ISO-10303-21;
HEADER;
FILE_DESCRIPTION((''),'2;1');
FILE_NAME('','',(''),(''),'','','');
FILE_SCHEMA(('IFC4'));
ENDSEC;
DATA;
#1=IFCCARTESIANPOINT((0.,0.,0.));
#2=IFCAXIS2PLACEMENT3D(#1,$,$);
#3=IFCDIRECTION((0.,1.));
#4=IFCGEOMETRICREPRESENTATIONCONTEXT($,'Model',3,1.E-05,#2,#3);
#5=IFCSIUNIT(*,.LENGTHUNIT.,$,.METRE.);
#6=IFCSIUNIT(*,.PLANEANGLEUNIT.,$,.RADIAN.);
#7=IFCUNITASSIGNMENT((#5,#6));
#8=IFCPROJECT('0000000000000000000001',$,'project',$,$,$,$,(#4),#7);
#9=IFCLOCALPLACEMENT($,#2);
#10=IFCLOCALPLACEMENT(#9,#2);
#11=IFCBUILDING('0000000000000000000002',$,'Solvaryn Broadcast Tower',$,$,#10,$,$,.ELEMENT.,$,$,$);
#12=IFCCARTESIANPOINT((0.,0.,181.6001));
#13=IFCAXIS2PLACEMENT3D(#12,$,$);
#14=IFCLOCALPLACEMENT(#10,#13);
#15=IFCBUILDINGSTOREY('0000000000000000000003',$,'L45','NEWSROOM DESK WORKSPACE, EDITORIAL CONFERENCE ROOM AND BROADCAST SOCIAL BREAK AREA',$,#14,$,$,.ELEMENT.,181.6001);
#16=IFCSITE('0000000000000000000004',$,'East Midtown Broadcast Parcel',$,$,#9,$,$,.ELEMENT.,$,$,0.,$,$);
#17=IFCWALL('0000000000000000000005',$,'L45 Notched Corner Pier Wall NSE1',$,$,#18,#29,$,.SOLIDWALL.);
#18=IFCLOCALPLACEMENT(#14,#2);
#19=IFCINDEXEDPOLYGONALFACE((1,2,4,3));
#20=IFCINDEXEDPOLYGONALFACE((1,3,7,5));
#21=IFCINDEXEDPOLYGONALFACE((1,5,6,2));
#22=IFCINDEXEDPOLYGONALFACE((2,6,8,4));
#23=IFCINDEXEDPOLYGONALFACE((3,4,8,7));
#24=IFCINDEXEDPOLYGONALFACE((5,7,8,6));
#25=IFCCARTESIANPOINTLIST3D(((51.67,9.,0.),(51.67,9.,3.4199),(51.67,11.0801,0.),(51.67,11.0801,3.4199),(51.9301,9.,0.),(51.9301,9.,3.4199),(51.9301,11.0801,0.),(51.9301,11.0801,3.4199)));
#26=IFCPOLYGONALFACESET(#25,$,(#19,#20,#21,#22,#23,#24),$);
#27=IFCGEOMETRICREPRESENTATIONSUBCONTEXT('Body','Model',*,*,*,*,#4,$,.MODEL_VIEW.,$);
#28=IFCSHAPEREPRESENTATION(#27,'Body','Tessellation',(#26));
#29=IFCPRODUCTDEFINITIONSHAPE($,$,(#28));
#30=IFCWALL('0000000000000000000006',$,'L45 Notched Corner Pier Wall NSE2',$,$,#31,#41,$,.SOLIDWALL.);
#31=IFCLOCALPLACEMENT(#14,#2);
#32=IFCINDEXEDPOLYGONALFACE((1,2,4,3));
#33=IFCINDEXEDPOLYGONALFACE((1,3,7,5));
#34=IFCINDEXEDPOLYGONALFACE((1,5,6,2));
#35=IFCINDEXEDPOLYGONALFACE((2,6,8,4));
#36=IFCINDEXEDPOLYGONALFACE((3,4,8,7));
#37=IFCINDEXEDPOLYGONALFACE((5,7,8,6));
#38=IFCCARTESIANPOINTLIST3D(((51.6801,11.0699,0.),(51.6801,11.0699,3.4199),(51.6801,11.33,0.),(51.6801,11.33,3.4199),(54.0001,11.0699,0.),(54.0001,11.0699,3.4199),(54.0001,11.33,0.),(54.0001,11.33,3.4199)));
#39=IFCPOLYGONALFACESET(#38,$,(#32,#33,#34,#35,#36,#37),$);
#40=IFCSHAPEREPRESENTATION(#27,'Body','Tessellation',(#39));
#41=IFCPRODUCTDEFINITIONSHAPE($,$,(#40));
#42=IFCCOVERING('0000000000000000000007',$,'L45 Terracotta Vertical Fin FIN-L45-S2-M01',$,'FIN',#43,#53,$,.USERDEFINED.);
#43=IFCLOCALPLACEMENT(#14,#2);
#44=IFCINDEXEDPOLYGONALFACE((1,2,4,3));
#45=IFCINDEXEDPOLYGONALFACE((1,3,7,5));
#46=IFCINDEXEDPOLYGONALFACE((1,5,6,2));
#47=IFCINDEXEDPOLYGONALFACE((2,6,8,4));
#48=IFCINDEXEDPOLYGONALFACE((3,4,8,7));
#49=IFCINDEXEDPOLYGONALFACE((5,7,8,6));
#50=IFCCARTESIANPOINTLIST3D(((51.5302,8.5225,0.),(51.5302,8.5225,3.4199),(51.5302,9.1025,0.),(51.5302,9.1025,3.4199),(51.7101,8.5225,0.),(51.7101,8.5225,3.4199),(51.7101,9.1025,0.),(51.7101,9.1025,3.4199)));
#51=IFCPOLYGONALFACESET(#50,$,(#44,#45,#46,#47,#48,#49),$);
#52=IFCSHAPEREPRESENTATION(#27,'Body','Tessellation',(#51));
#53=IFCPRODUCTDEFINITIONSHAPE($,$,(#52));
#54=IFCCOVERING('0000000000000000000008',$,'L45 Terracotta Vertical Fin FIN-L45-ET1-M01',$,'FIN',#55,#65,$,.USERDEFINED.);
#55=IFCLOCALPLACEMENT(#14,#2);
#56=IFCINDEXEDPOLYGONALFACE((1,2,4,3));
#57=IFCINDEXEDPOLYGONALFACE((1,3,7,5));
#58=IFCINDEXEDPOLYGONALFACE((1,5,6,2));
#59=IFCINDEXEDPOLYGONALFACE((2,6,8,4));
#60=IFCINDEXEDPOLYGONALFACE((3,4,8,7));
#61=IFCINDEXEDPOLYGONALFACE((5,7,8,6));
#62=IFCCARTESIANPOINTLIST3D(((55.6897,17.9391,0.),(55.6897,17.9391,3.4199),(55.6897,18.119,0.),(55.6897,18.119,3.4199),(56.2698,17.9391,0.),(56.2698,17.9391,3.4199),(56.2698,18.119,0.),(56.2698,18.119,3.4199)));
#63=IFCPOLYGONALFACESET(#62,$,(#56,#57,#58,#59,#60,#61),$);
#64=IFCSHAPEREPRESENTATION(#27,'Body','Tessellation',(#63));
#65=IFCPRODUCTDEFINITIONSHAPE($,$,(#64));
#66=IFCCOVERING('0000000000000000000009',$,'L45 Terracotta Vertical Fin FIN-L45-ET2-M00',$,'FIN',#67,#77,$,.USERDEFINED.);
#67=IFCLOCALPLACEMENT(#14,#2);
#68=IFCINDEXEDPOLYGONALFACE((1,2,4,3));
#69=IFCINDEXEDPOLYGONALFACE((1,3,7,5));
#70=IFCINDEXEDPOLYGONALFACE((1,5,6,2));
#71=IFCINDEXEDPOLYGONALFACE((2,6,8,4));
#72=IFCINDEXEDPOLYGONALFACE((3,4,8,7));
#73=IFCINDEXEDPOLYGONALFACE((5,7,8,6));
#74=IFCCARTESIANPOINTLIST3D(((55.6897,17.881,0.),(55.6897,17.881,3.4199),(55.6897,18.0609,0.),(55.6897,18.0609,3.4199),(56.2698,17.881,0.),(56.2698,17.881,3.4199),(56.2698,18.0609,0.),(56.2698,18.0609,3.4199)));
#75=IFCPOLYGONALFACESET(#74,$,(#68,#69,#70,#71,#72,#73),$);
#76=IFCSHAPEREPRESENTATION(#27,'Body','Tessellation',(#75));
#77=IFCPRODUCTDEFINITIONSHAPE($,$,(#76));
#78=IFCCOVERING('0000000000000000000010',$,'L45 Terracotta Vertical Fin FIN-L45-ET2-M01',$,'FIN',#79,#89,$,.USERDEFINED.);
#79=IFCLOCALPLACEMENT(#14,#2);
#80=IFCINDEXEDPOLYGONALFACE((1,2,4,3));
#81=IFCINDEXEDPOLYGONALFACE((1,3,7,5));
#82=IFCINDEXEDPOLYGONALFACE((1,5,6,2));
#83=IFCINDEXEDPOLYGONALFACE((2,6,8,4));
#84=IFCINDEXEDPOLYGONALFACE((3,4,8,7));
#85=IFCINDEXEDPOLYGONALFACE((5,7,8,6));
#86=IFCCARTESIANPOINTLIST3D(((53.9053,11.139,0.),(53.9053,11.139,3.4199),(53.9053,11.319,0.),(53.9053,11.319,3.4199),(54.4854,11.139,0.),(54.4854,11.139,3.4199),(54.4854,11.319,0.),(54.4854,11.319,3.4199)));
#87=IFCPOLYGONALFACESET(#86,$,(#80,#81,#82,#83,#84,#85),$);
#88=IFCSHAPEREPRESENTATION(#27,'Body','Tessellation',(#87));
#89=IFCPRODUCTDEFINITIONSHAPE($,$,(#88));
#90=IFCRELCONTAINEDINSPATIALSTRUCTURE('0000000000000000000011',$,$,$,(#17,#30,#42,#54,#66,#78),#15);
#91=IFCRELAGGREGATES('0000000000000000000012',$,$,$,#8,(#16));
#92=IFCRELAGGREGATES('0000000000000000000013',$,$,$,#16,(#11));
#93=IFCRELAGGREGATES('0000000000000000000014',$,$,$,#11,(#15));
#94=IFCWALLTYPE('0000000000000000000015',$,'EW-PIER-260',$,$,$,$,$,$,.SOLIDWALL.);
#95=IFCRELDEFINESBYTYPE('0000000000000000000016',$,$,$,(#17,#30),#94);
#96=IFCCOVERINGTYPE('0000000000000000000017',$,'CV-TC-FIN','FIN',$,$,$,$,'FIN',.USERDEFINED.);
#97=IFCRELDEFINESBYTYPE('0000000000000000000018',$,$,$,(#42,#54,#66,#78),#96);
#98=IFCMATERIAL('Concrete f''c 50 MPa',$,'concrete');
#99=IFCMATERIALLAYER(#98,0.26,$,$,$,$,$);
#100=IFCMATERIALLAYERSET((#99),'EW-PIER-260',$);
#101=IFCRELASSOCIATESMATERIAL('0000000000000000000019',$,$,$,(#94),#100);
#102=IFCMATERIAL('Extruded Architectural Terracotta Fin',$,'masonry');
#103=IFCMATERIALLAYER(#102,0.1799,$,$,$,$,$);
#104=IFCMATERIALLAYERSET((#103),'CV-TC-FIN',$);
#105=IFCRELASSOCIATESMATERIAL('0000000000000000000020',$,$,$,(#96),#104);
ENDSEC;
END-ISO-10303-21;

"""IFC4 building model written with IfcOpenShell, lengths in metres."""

from ifc_helpers import new_model, si_unit, direction, frame, frame_2d, origin, origin_2d, place, context, subcontext, project, spatial, rectangle, extrude, material, layer, layer_set, type_object, element, save


model = new_model("IFC4")

# Units and contexts
model_context = context("Model", 3, precision=1e-05, world=origin(), true_north=direction((0.0, 1.0)))
body_context = subcontext(model_context, "Body", "Model", "MODEL_VIEW")
ifc_project = project(units=[si_unit("LENGTHUNIT", "METRE"), si_unit("PLANEANGLEUNIT", "RADIAN")], contexts=[model_context])

# Site, building, storey
site_placement = place(None, origin())
site = spatial("IfcSite", under=ifc_project, at=site_placement, Name="East Midtown Broadcast Parcel", CompositionType="ELEMENT", RefElevation=0.0)
building_placement = place(site_placement, origin())
building = spatial("IfcBuilding", under=site, at=building_placement, Name="Solvaryn Broadcast Tower", CompositionType="ELEMENT")
storey_placement = place(building_placement, frame((0.0, 0.0, 181.6001)))
storey = spatial("IfcBuildingStorey", under=building, at=storey_placement, Name="L45", Description="NEWSROOM DESK WORKSPACE, EDITORIAL CONFERENCE ROOM AND BROADCAST SOCIAL BREAK AREA", CompositionType="ELEMENT", Elevation=181.6001)

# Walls
ifc_material_1 = material(Name="Concrete f'c 50 MPa", Category="concrete")
ifc_layer_1 = layer(ifc_material_1, 0.26)
ifc_layer_set_1 = layer_set([ifc_layer_1], Name="EW-PIER-260")
wall_type = type_object("IfcWallType", Name="EW-PIER-260", PredefinedType="SOLIDWALL", material=ifc_layer_set_1)
wall_1_placement = place(storey_placement, frame((51.8, 9.0, 0.0), z_axis=(0.0, 0.0, 1.0), x_axis=(0.0, 1.0, 0.0)))
element("IfcWall", 1, at=wall_1_placement, inside=storey, type_object=wall_type, Name="L45 Notched Corner Pier Wall NSE1", PredefinedType="SOLIDWALL", context=body_context, shape_type="SweptSolid", body=[
    extrude(rectangle(XDim=2.0801, YDim=0.26, at=frame_2d((1.04, 0.0))), origin(), (0.0, 0.0, 1.0), 3.4199),
])
wall_2_placement = place(storey_placement, frame((51.6799, 11.2, 0.0), z_axis=(0.0, 0.0, 1.0), x_axis=(1.0, 0.0, 0.0)))
element("IfcWall", 2, at=wall_2_placement, inside=storey, type_object=wall_type, Name="L45 Notched Corner Pier Wall NSE2", PredefinedType="SOLIDWALL", context=body_context, shape_type="SweptSolid", body=[
    extrude(rectangle(XDim=2.3201, YDim=0.26, at=frame_2d((1.1602, 0.0))), origin(), (0.0, 0.0, 1.0), 3.4199),
])

# Coverings
ifc_material_2 = material(Name="Extruded Architectural Terracotta Fin", Category="masonry")
ifc_layer_2 = layer(ifc_material_2, 0.1799)
ifc_layer_set_2 = layer_set([ifc_layer_2], Name="CV-TC-FIN")
covering_type = type_object("IfcCoveringType", Name="CV-TC-FIN", Description="FIN", ElementType="FIN", PredefinedType="USERDEFINED", material=ifc_layer_set_2)
covering_placement = place(storey_placement, frame((51.6201, 8.8125, 0.0), z_axis=(0.0, 0.0, 1.0), x_axis=(1.0, 0.0, 0.0)))
element("IfcCovering", 3, at=covering_placement, inside=storey, type_object=covering_type, Name="L45 Terracotta Vertical Fin FIN-L45-S2-M01", ObjectType="FIN", PredefinedType="USERDEFINED", context=body_context, shape_type="SweptSolid", body=[
    extrude(rectangle(XDim=0.1799, YDim=0.5801, at=origin_2d()), origin(), (0.0, 0.0, 1.0), 3.4199),
])
for number, where, z_axis, x_axis, name in (
    (4, (55.9797, 18.0291, 0.0), (0.0, 0.0, 1.0), (1.0, 0.0, 0.0), "L45 Terracotta Vertical Fin FIN-L45-ET1-M01"),
    (5, (55.9797, 17.9709, 0.0), (0.0, 0.0, 1.0), (1.0, 0.0, 0.0), "L45 Terracotta Vertical Fin FIN-L45-ET2-M00"),
    (6, (54.1953, 11.229, 0.0), (0.0, 0.0, 1.0), (1.0, 0.0, 0.0), "L45 Terracotta Vertical Fin FIN-L45-ET2-M01"),
):
    element("IfcCovering", number, at=place(storey_placement, frame(where, z_axis=z_axis, x_axis=x_axis)), inside=storey, type_object=covering_type, Name=name, ObjectType="FIN", PredefinedType="USERDEFINED", context=body_context, shape_type="SweptSolid", body=[
        extrude(rectangle(XDim=0.5801, YDim=0.1799, at=origin_2d()), origin(), (0.0, 0.0, 1.0), 3.4199),
    ])

save(model, "model.ifc")
